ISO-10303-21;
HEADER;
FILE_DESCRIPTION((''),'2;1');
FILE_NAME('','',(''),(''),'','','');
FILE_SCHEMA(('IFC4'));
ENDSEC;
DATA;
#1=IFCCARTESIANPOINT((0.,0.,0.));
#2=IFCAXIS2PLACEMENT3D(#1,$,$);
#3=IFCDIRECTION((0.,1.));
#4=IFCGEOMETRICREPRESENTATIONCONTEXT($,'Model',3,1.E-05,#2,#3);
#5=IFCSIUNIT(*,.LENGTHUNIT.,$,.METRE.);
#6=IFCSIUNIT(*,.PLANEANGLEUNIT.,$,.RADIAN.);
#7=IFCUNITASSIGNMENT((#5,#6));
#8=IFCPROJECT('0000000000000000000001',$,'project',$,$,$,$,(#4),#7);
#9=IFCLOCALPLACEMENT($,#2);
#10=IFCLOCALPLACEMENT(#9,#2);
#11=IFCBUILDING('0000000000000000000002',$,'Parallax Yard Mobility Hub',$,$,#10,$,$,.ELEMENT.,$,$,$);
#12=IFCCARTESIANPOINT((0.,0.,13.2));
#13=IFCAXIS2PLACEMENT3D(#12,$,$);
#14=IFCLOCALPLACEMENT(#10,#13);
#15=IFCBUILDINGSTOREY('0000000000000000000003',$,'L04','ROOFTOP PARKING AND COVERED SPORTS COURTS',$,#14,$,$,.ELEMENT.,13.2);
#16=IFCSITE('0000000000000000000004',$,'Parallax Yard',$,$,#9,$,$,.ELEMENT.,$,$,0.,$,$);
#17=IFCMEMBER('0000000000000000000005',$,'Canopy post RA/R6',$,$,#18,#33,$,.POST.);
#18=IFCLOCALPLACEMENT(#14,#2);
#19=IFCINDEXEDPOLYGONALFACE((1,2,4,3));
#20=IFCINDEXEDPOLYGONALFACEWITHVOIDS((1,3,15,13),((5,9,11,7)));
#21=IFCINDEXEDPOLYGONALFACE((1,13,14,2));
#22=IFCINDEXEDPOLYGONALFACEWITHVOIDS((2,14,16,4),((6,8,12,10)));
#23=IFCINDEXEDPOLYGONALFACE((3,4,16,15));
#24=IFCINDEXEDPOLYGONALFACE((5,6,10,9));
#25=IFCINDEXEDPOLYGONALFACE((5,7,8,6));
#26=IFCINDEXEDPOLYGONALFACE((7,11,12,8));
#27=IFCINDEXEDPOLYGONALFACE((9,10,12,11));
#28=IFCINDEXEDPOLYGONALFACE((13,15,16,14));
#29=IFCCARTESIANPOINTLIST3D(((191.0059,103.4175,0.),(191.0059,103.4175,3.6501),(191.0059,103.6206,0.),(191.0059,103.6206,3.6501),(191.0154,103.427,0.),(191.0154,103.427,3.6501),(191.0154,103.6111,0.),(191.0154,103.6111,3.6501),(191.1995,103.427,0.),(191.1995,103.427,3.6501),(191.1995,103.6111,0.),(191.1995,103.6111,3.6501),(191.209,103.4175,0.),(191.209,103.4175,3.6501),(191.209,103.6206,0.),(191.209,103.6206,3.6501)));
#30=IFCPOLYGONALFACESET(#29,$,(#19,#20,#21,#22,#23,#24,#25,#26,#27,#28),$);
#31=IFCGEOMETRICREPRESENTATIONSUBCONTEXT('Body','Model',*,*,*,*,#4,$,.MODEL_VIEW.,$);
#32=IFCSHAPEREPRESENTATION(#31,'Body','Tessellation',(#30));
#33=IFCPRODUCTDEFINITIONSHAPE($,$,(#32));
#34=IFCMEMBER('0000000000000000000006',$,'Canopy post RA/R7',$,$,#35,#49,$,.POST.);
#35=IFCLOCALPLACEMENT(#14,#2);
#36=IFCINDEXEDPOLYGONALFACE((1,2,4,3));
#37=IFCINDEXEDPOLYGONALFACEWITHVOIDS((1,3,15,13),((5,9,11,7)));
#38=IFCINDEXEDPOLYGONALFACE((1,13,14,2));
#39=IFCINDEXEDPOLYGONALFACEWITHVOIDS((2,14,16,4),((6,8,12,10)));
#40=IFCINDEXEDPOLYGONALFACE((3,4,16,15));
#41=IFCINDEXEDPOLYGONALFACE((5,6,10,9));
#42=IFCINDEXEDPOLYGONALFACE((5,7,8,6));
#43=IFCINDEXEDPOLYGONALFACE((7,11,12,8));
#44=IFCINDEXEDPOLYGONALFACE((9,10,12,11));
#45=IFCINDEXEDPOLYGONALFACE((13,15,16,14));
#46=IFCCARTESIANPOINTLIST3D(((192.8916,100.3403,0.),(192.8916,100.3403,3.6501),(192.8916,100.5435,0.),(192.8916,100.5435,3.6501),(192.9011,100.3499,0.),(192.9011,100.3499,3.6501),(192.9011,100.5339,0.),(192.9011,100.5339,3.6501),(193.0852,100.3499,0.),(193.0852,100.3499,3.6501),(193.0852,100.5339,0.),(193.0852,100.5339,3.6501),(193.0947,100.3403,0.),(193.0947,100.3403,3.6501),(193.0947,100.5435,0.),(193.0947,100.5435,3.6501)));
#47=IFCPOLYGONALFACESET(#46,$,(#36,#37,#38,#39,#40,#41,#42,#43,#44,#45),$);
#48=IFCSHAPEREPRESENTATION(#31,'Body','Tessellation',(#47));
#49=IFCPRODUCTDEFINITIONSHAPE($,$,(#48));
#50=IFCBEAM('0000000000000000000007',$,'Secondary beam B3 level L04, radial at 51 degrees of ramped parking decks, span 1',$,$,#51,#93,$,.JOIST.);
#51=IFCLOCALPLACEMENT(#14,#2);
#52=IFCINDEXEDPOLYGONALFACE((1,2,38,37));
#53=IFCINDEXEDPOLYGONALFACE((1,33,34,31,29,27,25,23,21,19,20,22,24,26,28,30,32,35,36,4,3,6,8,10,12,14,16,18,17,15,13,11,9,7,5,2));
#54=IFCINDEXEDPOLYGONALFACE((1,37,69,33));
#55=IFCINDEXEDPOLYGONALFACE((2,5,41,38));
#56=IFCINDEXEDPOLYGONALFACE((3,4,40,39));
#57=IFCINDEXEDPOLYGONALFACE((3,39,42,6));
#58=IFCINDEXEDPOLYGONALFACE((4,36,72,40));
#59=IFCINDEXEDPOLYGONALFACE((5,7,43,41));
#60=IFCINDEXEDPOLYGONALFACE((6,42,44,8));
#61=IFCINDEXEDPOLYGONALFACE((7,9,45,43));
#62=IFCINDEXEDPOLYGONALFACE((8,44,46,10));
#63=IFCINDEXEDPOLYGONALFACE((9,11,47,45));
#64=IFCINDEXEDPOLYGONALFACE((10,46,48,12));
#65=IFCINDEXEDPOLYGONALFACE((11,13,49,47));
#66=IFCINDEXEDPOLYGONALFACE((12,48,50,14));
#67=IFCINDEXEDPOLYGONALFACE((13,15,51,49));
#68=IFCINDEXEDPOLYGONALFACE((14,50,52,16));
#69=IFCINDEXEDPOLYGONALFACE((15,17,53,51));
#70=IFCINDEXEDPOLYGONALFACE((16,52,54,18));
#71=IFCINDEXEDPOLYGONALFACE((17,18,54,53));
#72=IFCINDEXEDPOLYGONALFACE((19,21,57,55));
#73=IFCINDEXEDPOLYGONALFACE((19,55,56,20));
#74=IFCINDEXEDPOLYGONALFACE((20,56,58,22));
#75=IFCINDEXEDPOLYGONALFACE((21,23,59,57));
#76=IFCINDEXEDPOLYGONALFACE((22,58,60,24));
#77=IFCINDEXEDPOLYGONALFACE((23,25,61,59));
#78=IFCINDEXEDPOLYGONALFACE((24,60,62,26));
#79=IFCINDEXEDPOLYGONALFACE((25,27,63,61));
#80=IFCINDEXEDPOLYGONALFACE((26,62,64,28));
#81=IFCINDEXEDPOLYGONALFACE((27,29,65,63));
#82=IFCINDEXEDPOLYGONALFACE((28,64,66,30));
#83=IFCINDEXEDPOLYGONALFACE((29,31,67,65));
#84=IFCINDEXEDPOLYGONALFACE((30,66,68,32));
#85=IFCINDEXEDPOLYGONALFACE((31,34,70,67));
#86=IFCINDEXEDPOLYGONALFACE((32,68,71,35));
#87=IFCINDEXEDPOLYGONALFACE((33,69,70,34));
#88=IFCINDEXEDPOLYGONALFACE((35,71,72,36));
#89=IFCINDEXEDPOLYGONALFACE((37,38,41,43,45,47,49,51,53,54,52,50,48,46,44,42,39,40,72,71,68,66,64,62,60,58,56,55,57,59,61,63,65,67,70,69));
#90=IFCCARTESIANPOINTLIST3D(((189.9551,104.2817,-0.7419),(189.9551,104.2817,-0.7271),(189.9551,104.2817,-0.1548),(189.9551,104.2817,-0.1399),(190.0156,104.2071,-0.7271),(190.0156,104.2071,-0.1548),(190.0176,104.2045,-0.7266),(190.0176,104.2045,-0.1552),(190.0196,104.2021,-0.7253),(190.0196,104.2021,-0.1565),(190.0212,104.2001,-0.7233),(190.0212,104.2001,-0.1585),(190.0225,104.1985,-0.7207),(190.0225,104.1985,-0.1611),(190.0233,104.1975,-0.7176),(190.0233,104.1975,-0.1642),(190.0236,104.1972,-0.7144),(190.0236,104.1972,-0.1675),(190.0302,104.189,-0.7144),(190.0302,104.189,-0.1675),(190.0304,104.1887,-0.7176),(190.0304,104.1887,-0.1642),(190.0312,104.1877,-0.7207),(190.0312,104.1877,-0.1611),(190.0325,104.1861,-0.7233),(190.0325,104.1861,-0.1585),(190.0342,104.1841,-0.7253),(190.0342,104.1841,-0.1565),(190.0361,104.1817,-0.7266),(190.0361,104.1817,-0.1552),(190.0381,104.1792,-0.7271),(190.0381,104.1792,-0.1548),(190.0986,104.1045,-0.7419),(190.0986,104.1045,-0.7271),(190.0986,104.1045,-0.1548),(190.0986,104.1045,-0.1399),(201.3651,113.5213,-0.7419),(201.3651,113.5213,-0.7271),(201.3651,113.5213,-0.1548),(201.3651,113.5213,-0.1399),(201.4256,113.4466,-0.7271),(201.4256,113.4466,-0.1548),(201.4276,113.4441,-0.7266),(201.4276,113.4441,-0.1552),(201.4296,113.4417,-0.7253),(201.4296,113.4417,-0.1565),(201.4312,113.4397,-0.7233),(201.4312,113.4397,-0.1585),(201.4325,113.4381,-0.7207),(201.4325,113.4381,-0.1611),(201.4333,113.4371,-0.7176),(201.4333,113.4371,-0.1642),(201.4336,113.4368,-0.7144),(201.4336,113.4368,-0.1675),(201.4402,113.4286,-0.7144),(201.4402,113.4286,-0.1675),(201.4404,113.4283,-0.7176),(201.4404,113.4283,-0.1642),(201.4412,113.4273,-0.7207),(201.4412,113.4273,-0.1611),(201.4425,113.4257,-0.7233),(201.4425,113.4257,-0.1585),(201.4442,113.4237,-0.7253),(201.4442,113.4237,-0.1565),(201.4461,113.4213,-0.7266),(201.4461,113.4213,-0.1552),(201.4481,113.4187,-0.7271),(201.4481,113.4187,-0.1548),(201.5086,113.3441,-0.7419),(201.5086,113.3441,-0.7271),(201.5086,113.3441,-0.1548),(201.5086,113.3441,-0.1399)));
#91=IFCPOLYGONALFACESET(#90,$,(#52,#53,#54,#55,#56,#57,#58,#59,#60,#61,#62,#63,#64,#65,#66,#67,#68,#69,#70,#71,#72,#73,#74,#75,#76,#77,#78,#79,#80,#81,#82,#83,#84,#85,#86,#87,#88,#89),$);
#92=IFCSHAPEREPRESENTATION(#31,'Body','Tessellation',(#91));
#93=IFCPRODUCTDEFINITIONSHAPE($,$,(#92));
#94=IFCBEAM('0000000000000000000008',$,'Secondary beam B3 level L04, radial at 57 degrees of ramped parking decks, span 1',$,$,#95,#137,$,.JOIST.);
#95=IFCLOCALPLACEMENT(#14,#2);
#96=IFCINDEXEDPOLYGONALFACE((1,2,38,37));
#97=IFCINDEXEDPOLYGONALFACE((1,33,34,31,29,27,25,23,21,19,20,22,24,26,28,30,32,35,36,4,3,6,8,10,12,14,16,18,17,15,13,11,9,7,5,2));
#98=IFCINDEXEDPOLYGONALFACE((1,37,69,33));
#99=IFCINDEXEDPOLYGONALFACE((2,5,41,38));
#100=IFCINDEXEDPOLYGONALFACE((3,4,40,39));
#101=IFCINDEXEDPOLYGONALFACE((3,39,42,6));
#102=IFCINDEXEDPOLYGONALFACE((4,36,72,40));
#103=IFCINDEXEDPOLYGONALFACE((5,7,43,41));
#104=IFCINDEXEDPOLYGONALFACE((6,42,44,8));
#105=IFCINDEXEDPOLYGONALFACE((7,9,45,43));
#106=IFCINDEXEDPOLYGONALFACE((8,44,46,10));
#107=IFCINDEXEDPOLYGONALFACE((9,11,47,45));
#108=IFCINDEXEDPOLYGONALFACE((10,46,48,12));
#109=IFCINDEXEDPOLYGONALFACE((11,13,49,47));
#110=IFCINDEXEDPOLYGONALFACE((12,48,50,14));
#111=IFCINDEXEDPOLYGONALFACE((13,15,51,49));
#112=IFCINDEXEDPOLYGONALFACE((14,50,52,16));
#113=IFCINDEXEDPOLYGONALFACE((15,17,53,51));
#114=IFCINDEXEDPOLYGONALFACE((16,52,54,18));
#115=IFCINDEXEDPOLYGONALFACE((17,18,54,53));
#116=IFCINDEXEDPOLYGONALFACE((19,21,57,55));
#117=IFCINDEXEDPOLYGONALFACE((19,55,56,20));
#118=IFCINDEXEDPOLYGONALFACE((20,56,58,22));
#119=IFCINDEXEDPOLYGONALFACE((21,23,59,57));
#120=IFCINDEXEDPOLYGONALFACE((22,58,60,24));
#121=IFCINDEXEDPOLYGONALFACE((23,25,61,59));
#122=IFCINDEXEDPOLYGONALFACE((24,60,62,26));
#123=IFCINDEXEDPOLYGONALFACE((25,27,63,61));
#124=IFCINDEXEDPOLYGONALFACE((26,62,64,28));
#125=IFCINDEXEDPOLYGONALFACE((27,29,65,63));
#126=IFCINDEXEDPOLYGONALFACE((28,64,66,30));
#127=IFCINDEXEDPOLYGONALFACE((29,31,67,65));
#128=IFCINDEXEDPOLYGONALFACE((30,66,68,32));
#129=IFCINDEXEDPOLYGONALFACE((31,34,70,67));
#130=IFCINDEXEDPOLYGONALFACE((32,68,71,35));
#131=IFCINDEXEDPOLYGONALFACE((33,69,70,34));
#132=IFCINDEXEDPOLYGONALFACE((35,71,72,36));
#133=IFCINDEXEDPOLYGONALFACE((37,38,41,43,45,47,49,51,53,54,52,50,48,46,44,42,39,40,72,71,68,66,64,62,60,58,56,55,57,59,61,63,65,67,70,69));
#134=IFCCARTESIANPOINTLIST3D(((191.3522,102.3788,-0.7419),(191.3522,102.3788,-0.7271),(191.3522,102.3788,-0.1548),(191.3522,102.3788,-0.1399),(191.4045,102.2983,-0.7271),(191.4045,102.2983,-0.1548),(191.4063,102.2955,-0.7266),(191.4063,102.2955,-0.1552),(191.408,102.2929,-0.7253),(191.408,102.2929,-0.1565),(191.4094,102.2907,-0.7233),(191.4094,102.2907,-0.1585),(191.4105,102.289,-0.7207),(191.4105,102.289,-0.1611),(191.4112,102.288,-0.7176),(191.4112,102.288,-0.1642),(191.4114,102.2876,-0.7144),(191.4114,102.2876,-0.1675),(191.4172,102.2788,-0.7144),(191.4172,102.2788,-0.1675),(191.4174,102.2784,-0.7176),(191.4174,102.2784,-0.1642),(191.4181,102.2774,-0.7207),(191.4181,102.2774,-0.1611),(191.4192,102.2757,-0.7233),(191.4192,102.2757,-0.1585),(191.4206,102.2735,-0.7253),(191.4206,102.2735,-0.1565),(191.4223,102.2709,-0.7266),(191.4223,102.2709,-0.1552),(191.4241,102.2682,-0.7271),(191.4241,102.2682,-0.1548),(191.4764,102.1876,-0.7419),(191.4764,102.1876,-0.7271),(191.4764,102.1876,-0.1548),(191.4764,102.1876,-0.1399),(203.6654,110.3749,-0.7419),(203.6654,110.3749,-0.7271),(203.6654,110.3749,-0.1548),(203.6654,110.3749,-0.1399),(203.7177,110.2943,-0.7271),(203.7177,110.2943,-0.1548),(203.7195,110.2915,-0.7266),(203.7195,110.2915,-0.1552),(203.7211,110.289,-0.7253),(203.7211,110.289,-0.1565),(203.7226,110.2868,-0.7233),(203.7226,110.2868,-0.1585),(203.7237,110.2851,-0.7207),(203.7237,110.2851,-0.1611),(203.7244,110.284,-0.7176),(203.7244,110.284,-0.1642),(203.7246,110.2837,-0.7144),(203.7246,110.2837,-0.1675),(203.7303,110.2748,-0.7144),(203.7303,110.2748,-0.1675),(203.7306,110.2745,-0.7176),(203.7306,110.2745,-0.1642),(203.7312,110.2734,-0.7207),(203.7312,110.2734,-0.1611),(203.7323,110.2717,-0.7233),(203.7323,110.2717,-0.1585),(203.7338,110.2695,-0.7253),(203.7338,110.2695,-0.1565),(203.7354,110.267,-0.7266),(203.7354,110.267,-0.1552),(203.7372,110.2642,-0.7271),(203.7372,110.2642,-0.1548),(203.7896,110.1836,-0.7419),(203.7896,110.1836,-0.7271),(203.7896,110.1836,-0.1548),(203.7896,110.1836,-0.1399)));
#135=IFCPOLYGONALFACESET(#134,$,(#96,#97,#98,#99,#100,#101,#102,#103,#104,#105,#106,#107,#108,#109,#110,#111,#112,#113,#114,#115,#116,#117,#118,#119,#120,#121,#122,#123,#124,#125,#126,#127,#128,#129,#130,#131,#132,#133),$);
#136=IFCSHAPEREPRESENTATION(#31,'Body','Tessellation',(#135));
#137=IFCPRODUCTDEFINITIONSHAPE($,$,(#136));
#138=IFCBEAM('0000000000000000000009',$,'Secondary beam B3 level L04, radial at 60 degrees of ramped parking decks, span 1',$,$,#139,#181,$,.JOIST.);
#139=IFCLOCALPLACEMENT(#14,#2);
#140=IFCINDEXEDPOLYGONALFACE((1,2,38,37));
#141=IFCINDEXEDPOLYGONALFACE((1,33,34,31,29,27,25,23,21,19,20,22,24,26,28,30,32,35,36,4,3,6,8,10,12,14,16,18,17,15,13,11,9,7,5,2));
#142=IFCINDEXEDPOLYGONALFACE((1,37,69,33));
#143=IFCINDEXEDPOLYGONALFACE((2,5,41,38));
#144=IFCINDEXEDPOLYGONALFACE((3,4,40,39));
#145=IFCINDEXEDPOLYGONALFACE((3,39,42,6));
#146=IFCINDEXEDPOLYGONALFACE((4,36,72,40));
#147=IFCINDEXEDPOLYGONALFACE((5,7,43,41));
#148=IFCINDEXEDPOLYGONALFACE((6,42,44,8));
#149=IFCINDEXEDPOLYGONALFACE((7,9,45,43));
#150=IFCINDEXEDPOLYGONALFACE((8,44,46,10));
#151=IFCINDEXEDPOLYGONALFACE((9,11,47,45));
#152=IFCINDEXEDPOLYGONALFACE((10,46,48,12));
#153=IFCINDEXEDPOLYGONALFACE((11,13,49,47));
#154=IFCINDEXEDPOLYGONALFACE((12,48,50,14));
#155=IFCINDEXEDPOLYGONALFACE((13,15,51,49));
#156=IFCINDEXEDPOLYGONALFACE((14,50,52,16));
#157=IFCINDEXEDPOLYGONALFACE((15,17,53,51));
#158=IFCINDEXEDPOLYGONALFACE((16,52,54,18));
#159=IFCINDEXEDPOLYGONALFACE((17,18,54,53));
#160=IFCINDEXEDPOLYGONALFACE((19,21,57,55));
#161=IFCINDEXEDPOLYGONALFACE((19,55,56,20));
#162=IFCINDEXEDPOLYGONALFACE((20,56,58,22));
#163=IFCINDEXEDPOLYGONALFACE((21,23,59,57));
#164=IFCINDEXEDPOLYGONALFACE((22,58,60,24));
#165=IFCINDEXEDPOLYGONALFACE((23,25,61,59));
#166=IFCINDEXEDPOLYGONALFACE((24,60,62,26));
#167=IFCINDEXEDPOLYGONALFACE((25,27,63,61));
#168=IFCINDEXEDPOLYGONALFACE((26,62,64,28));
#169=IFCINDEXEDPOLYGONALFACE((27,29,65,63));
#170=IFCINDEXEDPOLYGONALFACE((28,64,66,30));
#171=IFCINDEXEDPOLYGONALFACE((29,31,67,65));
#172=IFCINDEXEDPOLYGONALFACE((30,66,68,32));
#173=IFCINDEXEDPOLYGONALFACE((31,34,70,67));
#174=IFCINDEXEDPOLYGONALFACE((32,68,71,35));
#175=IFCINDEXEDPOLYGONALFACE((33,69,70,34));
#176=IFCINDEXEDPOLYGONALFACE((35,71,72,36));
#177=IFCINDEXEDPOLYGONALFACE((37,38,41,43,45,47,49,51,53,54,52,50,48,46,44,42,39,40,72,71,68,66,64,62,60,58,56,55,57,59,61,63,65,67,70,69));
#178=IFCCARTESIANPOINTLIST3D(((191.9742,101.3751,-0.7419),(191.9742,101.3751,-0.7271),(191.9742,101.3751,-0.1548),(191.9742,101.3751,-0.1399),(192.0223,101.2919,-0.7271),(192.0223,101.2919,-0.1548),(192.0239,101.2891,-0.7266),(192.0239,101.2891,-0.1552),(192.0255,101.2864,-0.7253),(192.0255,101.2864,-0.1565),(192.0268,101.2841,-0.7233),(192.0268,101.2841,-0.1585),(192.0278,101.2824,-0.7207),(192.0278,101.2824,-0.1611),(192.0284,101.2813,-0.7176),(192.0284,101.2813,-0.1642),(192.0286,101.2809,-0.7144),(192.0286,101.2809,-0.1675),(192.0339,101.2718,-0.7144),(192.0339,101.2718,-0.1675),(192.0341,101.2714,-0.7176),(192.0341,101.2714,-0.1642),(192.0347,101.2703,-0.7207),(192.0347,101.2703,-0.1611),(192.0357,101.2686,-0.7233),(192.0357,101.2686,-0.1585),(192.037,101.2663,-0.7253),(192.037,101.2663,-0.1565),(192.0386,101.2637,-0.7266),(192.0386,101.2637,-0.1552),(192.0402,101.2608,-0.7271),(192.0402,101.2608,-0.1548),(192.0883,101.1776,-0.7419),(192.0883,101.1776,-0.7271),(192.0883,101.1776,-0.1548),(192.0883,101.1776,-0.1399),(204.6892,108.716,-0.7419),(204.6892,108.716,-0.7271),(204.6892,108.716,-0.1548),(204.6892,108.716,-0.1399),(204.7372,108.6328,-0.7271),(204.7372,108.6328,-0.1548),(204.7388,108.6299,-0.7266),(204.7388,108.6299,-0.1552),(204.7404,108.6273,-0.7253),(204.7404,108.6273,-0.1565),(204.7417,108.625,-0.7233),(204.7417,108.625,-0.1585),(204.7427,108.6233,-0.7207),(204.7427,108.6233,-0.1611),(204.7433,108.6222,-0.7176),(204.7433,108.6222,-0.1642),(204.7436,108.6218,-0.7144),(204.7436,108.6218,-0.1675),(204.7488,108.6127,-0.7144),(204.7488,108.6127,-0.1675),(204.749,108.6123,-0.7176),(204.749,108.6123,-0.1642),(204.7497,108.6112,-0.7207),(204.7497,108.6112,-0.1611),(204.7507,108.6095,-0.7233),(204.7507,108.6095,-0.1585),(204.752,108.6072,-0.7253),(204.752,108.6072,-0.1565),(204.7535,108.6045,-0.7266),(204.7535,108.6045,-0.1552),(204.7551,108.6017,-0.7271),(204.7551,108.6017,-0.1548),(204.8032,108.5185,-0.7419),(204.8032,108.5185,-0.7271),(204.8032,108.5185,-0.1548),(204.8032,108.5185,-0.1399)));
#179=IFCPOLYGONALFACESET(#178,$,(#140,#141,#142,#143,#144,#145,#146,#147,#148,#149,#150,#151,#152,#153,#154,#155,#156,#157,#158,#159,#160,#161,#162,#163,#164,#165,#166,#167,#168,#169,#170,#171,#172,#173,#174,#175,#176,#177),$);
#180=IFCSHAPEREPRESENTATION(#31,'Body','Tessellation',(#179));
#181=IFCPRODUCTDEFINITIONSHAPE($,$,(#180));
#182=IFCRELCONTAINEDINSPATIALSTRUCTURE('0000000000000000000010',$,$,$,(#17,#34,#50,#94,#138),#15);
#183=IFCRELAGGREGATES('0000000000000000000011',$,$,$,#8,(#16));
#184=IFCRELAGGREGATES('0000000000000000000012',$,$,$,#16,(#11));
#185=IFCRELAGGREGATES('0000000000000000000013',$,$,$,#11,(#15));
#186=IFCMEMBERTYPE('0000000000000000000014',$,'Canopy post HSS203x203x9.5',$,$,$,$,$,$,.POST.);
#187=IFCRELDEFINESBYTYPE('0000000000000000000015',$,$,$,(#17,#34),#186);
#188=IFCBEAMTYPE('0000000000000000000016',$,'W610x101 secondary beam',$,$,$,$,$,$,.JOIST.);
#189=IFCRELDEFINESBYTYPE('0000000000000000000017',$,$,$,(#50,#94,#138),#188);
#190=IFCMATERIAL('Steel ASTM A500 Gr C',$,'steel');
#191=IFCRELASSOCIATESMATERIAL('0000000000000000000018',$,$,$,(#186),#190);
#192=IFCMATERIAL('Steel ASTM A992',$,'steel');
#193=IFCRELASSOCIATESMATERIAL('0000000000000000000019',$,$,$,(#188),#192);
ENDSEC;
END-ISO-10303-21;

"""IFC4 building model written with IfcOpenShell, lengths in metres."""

from ifc_helpers import new_model, si_unit, direction, frame, origin, origin_2d, place, context, subcontext, project, spatial, hollow_rectangle, i_section, extrude, material, material_profile, profile_set, type_object, element, save


model = new_model("IFC4")

# Units and contexts
model_context = context("Model", 3, precision=1e-05, world=origin(), true_north=direction((0.0, 1.0)))
body_context = subcontext(model_context, "Body", "Model", "MODEL_VIEW")
ifc_project = project(units=[si_unit("LENGTHUNIT", "METRE"), si_unit("PLANEANGLEUNIT", "RADIAN")], contexts=[model_context])

# Site, building, storey
site_placement = place(None, origin())
site = spatial("IfcSite", under=ifc_project, at=site_placement, Name="Parallax Yard", CompositionType="ELEMENT", RefElevation=0.0)
building_placement = place(site_placement, origin())
building = spatial("IfcBuilding", under=site, at=building_placement, Name="Parallax Yard Mobility Hub", CompositionType="ELEMENT")
storey_placement = place(building_placement, frame((0.0, 0.0, 13.2)))
storey = spatial("IfcBuildingStorey", under=building, at=storey_placement, Name="L04", Description="ROOFTOP PARKING AND COVERED SPORTS COURTS", CompositionType="ELEMENT", Elevation=13.2)

# Members
ifc_material_1 = material(Name="Steel ASTM A500 Gr C", Category="steel")
ifc_material_profile_1 = material_profile(ifc_material_1, hollow_rectangle(XDim=0.2031, YDim=0.2031, WallThickness=0.0095, at=origin_2d()), Name="HSS203x203x9.5")
ifc_profile_set_1 = profile_set([ifc_material_profile_1], Name="Steel ASTM A500 Gr C")
member_type = type_object("IfcMemberType", Name="Canopy post HSS203x203x9.5", PredefinedType="POST", material=ifc_profile_set_1)
for number, where, z_axis, x_axis, name in (
    (1, (191.1074, 103.519, 0.0), (0.0, 0.0, 1.0), (1.0, 0.0, 0.0), "Canopy post RA/R6"),
    (2, (192.9932, 100.4419, 0.0), (0.0, 0.0, 1.0), (1.0, 0.0, 0.0), "Canopy post RA/R7"),
):
    element("IfcMember", number, at=place(storey_placement, frame(where, z_axis=z_axis, x_axis=x_axis)), inside=storey, type_object=member_type, Name=name, PredefinedType="POST", context=body_context, shape_type="SweptSolid", body=[
        extrude(hollow_rectangle(XDim=0.2031, YDim=0.2031, WallThickness=0.0095, at=origin_2d()), origin(), (0.0, 0.0, 1.0), 3.6501),
    ])

# Beams
ifc_material_2 = material(Name="Steel ASTM A992", Category="steel")
ifc_material_profile_2 = material_profile(ifc_material_2, i_section(OverallWidth=0.228, OverallDepth=0.6021, WebThickness=0.0105, FlangeThickness=0.0149, FilletRadius=0.0127, at=origin_2d()), Name="W610x101")
ifc_profile_set_2 = profile_set([ifc_material_profile_2], Name="Steel ASTM A992")
beam_type_1 = type_object("IfcBeamType", Name="W610x101 secondary beam", PredefinedType="JOIST", material=ifc_profile_set_2)
beam_1_placement = place(storey_placement, frame((190.0269, 104.1931, -0.4409), z_axis=(0.777148, 0.629318, 0.0), x_axis=(-0.629318, 0.777148, 0.0)))
element("IfcBeam", 3, at=beam_1_placement, inside=storey, type_object=beam_type_1, Name="Secondary beam B3 level L04, radial at 51 degrees of ramped parking decks, span 1", PredefinedType="JOIST", context=body_context, shape_type="SweptSolid", body=[
    extrude(i_section(OverallWidth=0.228, OverallDepth=0.6021, WebThickness=0.0105, FlangeThickness=0.0149, FilletRadius=0.0127, at=origin_2d()), origin(), (0.0, 0.0, 1.0), 14.6819),
])
beam_2_placement = place(storey_placement, frame((191.4143, 102.2832, -0.4409), z_axis=(0.838677, 0.544629, 0.0), x_axis=(-0.544629, 0.838677, 0.0)))
element("IfcBeam", 4, at=beam_2_placement, inside=storey, type_object=beam_type_1, Name="Secondary beam B3 level L04, radial at 57 degrees of ramped parking decks, span 1", PredefinedType="JOIST", context=body_context, shape_type="SweptSolid", body=[
    extrude(i_section(OverallWidth=0.228, OverallDepth=0.6021, WebThickness=0.0105, FlangeThickness=0.0149, FilletRadius=0.0127, at=origin_2d()), origin(), (0.0, 0.0, 1.0), 14.6816),
])
beam_3_placement = place(storey_placement, frame((192.0312, 101.2764, -0.4409), z_axis=(0.866028, 0.499995, 0.0), x_axis=(-0.499995, 0.866028, 0.0)))
element("IfcBeam", 5, at=beam_3_placement, inside=storey, type_object=beam_type_1, Name="Secondary beam B3 level L04, radial at 60 degrees of ramped parking decks, span 1", PredefinedType="JOIST", context=body_context, shape_type="SweptSolid", body=[
    extrude(i_section(OverallWidth=0.228, OverallDepth=0.6021, WebThickness=0.0105, FlangeThickness=0.0149, FilletRadius=0.0127, at=origin_2d()), origin(), (0.0, 0.0, 1.0), 14.6819),
])

save(model, "model.ifc")
